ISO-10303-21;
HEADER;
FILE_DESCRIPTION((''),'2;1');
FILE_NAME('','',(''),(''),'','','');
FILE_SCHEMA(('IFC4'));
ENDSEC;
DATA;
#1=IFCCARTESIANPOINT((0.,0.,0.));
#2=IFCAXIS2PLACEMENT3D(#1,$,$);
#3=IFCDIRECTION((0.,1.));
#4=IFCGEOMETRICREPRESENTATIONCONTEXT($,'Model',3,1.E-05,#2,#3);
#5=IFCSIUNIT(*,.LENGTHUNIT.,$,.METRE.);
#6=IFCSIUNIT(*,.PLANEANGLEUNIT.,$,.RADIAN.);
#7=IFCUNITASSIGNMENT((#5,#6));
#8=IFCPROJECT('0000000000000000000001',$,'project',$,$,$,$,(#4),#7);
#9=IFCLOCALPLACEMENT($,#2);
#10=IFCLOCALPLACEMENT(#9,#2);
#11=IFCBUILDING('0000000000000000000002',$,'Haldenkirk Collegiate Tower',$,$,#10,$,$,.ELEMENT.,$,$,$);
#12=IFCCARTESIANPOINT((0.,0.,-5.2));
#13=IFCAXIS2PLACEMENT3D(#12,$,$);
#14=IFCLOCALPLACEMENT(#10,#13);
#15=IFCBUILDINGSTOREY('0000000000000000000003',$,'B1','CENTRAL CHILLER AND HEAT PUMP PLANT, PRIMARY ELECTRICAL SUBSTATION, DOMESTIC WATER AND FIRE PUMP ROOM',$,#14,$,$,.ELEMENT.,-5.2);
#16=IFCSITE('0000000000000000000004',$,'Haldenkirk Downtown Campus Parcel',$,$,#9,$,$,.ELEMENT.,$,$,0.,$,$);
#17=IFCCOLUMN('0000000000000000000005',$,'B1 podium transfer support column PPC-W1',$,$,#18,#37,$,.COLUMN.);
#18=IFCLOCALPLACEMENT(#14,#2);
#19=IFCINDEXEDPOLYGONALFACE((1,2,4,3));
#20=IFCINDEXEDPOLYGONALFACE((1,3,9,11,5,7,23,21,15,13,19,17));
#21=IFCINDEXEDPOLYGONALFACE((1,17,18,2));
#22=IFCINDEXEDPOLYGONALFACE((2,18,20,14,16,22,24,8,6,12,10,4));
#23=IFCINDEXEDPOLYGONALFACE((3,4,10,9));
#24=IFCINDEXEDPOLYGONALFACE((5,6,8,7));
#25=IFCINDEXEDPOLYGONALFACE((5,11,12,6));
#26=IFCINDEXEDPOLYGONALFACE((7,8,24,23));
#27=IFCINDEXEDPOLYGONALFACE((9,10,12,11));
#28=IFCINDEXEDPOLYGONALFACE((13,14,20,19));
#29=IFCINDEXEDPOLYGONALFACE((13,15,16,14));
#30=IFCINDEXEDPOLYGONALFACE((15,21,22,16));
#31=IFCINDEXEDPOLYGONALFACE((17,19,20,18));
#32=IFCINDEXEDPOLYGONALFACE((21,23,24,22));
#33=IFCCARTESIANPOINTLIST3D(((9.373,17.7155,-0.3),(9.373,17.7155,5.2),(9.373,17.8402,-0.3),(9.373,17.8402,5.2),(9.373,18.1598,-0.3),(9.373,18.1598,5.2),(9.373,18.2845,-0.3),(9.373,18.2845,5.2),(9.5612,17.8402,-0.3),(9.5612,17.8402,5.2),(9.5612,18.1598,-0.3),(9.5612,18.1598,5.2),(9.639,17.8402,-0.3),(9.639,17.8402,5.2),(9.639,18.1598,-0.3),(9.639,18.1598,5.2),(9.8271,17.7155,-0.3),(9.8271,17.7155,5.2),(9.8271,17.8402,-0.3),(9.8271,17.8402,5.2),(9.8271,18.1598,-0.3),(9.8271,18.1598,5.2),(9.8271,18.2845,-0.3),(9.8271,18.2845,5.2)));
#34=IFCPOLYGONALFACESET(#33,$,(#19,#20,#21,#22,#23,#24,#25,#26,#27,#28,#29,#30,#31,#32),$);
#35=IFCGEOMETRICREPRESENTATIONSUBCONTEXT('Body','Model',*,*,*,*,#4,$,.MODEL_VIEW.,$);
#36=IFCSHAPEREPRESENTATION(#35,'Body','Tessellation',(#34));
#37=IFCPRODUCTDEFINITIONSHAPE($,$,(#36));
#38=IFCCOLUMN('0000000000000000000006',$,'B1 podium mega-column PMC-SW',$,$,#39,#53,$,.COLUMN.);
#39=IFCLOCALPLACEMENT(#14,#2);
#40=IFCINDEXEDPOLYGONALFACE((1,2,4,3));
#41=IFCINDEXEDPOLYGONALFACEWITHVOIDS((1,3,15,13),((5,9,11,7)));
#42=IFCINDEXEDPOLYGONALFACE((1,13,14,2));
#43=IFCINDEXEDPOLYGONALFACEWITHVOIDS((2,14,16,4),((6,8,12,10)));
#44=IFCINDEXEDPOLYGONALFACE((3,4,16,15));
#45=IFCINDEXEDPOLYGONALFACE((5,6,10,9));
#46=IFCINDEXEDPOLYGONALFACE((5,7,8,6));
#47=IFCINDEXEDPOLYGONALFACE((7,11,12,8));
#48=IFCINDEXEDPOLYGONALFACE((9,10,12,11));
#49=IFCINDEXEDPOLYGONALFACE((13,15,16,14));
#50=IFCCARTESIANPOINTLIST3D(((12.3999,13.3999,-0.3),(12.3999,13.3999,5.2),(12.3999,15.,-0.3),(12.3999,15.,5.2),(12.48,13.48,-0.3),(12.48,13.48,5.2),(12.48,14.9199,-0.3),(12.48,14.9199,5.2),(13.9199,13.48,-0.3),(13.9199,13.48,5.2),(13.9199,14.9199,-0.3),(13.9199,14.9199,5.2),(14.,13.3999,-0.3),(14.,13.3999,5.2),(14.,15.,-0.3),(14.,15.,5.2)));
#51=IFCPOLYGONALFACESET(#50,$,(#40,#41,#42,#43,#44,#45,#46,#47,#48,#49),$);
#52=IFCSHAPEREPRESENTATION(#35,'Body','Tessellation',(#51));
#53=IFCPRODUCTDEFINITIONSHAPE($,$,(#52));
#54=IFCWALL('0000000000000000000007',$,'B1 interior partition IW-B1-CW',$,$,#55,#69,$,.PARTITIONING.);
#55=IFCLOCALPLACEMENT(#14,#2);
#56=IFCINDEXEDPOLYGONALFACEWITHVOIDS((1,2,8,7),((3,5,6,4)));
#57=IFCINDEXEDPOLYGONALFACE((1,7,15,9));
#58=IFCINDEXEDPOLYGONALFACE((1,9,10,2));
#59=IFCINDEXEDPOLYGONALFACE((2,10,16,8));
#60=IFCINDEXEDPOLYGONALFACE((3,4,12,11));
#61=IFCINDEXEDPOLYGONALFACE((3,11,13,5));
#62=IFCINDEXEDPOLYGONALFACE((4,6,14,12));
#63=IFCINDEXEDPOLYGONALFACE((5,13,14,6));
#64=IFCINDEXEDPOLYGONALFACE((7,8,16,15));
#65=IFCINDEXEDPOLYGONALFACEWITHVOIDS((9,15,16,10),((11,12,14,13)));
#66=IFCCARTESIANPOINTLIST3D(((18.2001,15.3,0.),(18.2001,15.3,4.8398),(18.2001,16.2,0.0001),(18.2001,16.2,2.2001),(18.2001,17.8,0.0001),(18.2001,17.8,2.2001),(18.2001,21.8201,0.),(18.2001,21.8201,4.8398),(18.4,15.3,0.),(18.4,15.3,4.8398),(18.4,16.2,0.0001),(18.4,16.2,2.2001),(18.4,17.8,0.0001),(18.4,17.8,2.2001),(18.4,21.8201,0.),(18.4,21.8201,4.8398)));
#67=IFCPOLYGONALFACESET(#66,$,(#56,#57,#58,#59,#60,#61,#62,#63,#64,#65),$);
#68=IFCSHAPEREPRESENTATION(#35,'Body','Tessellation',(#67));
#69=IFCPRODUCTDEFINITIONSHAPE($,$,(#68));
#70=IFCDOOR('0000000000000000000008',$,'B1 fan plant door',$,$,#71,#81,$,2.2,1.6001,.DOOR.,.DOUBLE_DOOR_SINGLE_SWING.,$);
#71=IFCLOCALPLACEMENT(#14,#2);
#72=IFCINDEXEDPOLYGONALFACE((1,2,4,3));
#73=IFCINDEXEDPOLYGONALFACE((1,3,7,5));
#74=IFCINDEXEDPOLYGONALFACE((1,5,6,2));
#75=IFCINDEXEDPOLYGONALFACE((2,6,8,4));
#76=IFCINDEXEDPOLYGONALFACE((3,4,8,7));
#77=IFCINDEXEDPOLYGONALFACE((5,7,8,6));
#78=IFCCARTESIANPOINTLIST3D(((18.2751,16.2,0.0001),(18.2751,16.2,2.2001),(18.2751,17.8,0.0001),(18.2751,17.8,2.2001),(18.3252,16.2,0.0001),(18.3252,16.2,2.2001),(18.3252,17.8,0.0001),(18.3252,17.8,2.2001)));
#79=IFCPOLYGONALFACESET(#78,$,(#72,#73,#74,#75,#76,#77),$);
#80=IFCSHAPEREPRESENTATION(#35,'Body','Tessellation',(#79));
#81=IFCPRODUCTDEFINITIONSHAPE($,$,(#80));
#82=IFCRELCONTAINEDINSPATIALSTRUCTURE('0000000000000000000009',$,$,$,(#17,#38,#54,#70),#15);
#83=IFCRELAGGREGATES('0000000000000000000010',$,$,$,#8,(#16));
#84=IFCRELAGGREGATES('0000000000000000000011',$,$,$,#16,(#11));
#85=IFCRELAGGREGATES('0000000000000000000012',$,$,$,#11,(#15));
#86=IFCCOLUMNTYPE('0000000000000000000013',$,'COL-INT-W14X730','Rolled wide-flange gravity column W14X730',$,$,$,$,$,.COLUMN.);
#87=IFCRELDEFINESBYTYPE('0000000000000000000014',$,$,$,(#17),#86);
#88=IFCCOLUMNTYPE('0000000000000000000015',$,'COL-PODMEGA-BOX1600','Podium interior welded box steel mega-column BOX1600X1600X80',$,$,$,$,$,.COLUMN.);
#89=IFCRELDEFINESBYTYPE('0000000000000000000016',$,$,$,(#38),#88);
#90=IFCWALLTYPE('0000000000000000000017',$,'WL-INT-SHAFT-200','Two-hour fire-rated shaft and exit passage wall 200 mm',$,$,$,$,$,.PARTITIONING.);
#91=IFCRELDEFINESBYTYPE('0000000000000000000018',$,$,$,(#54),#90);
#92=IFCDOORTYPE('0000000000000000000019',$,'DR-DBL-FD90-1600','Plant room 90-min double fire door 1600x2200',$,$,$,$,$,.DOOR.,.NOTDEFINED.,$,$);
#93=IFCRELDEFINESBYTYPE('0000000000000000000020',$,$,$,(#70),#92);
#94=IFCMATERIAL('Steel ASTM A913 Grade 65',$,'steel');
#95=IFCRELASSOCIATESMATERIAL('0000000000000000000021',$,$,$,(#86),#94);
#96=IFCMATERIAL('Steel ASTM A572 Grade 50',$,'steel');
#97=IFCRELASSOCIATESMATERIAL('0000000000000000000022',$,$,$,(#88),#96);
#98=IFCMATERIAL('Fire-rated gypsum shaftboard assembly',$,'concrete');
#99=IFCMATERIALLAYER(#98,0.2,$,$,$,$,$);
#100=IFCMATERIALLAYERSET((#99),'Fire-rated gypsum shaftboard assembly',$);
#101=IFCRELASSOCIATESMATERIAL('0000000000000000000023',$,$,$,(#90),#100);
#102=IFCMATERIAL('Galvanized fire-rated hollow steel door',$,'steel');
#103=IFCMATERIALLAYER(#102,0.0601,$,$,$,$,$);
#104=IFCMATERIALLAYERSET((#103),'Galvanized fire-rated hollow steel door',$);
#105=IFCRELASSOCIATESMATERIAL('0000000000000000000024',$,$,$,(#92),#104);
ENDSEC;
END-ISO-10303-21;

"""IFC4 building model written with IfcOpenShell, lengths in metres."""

from ifc_helpers import new_model, si_unit, direction, frame, frame_2d, origin, origin_2d, place, context, subcontext, project, spatial, rectangle, hollow_rectangle, i_section, extrude, material, layer, layer_set, material_profile, profile_set, type_object, element, fill, save


model = new_model("IFC4")

# Units and contexts
model_context = context("Model", 3, precision=1e-05, world=origin(), true_north=direction((0.0, 1.0)))
body_context = subcontext(model_context, "Body", "Model", "MODEL_VIEW")
ifc_project = project(units=[si_unit("LENGTHUNIT", "METRE"), si_unit("PLANEANGLEUNIT", "RADIAN")], contexts=[model_context])

# Site, building, storey
site_placement = place(None, origin())
site = spatial("IfcSite", under=ifc_project, at=site_placement, Name="Haldenkirk Downtown Campus Parcel", CompositionType="ELEMENT", RefElevation=0.0)
building_placement = place(site_placement, origin())
building = spatial("IfcBuilding", under=site, at=building_placement, Name="Haldenkirk Collegiate Tower", CompositionType="ELEMENT")
storey_placement = place(building_placement, frame((0.0, 0.0, -5.2)))
storey = spatial("IfcBuildingStorey", under=building, at=storey_placement, Name="B1", Description="CENTRAL CHILLER AND HEAT PUMP PLANT, PRIMARY ELECTRICAL SUBSTATION, DOMESTIC WATER AND FIRE PUMP ROOM", CompositionType="ELEMENT", Elevation=-5.2)

# Columns
ifc_material_1 = material(Name="Steel ASTM A913 Grade 65", Category="steel")
ifc_material_profile_1 = material_profile(ifc_material_1, i_section(OverallWidth=0.4541, OverallDepth=0.5691, WebThickness=0.0779, FlangeThickness=0.1248, at=origin_2d()), Name="W14X730")
ifc_profile_set_1 = profile_set([ifc_material_profile_1], Name="Steel ASTM A913 Grade 65")
column_type_1 = type_object("IfcColumnType", Name="COL-INT-W14X730", Description="Rolled wide-flange gravity column W14X730", PredefinedType="COLUMN", material=ifc_profile_set_1)
column_1_placement = place(storey_placement, frame((9.6001, 18.0, -0.3), z_axis=(0.0, 0.0, 1.0), x_axis=(1.0, 0.0, 0.0)))
element("IfcColumn", 1, at=column_1_placement, inside=storey, type_object=column_type_1, Name="B1 podium transfer support column PPC-W1", PredefinedType="COLUMN", context=body_context, shape_type="SweptSolid", body=[
    extrude(i_section(OverallWidth=0.4541, OverallDepth=0.5691, WebThickness=0.0779, FlangeThickness=0.1248, at=origin_2d()), origin(), (0.0, 0.0, 1.0), 5.5),
])
ifc_material_2 = material(Name="Steel ASTM A572 Grade 50", Category="steel")
ifc_material_profile_2 = material_profile(ifc_material_2, hollow_rectangle(XDim=1.6001, YDim=1.6001, WallThickness=0.0801, at=origin_2d()), Name="BOX1600X1600X80")
ifc_profile_set_2 = profile_set([ifc_material_profile_2], Name="Steel ASTM A572 Grade 50")
column_type_2 = type_object("IfcColumnType", Name="COL-PODMEGA-BOX1600", Description="Podium interior welded box steel mega-column BOX1600X1600X80", PredefinedType="COLUMN", material=ifc_profile_set_2)
column_2_placement = place(storey_placement, frame((13.2, 14.2, -0.3), z_axis=(0.0, 0.0, 1.0), x_axis=(1.0, 0.0, 0.0)))
element("IfcColumn", 2, at=column_2_placement, inside=storey, type_object=column_type_2, Name="B1 podium mega-column PMC-SW", PredefinedType="COLUMN", context=body_context, shape_type="SweptSolid", body=[
    extrude(hollow_rectangle(XDim=1.6001, YDim=1.6001, WallThickness=0.0801, at=origin_2d()), origin(), (0.0, 0.0, 1.0), 5.5),
])

# Wall, opening, door
ifc_material_3 = material(Name="Fire-rated gypsum shaftboard assembly", Category="concrete")
ifc_layer_1 = layer(ifc_material_3, 0.2)
ifc_layer_set_1 = layer_set([ifc_layer_1], Name="Fire-rated gypsum shaftboard assembly")
wall_type = type_object("IfcWallType", Name="WL-INT-SHAFT-200", Description="Two-hour fire-rated shaft and exit passage wall 200 mm", PredefinedType="PARTITIONING", material=ifc_layer_set_1)
wall_placement = place(storey_placement, frame((18.3, 15.3, 0.0), z_axis=(0.0, 0.0, 1.0), x_axis=(0.0, 1.0, 0.0)))
wall = element("IfcWall", 3, at=wall_placement, inside=storey, type_object=wall_type, Name="B1 interior partition IW-B1-CW", PredefinedType="PARTITIONING", context=body_context, shape_type="SweptSolid", body=[
    extrude(rectangle(XDim=6.52, YDim=0.2, at=frame_2d((3.26, 0.0))), origin(), (0.0, 0.0, 1.0), 4.8398),
])
opening_placement = place(wall_placement, frame((0.8999, 0.0, 0.0)))
opening = element("IfcOpeningElement", 4, at=opening_placement, cuts=wall, PredefinedType="OPENING", context=body_context, shape_type="SweptSolid", body=[
    extrude(rectangle(XDim=1.6001, YDim=2.2, at=frame_2d((0.8, 1.1001))), frame((0.0, 0.1099, 0.0), z_axis=(0.0, -1.0, 0.0), x_axis=(1.0, 0.0, 0.0)), (0.0, 0.0, 1.0), 0.22),
])
ifc_material_4 = material(Name="Galvanized fire-rated hollow steel door", Category="steel")
ifc_layer_2 = layer(ifc_material_4, 0.0601)
ifc_layer_set_2 = layer_set([ifc_layer_2], Name="Galvanized fire-rated hollow steel door")
door_type = type_object("IfcDoorType", Name="DR-DBL-FD90-1600", Description="Plant room 90-min double fire door 1600x2200", OperationType="NOTDEFINED", PredefinedType="DOOR", material=ifc_layer_set_2)
door_placement = place(opening_placement, origin())
door = element("IfcDoor", 5, at=door_placement, inside=storey, type_object=door_type, Name="B1 fan plant door", OperationType="DOUBLE_DOOR_SINGLE_SWING", OverallHeight=2.2, OverallWidth=1.6001, PredefinedType="DOOR", context=body_context, shape_type="SweptSolid", body=[
    extrude(rectangle(XDim=1.6001, YDim=2.2, at=frame_2d((0.8, 1.1001))), frame((0.0, 0.0249, 0.0), z_axis=(0.0, -1.0, 0.0), x_axis=(1.0, 0.0, 0.0)), (0.0, 0.0, 1.0), 0.05),
])
fill(opening, door)

save(model, "model.ifc")
